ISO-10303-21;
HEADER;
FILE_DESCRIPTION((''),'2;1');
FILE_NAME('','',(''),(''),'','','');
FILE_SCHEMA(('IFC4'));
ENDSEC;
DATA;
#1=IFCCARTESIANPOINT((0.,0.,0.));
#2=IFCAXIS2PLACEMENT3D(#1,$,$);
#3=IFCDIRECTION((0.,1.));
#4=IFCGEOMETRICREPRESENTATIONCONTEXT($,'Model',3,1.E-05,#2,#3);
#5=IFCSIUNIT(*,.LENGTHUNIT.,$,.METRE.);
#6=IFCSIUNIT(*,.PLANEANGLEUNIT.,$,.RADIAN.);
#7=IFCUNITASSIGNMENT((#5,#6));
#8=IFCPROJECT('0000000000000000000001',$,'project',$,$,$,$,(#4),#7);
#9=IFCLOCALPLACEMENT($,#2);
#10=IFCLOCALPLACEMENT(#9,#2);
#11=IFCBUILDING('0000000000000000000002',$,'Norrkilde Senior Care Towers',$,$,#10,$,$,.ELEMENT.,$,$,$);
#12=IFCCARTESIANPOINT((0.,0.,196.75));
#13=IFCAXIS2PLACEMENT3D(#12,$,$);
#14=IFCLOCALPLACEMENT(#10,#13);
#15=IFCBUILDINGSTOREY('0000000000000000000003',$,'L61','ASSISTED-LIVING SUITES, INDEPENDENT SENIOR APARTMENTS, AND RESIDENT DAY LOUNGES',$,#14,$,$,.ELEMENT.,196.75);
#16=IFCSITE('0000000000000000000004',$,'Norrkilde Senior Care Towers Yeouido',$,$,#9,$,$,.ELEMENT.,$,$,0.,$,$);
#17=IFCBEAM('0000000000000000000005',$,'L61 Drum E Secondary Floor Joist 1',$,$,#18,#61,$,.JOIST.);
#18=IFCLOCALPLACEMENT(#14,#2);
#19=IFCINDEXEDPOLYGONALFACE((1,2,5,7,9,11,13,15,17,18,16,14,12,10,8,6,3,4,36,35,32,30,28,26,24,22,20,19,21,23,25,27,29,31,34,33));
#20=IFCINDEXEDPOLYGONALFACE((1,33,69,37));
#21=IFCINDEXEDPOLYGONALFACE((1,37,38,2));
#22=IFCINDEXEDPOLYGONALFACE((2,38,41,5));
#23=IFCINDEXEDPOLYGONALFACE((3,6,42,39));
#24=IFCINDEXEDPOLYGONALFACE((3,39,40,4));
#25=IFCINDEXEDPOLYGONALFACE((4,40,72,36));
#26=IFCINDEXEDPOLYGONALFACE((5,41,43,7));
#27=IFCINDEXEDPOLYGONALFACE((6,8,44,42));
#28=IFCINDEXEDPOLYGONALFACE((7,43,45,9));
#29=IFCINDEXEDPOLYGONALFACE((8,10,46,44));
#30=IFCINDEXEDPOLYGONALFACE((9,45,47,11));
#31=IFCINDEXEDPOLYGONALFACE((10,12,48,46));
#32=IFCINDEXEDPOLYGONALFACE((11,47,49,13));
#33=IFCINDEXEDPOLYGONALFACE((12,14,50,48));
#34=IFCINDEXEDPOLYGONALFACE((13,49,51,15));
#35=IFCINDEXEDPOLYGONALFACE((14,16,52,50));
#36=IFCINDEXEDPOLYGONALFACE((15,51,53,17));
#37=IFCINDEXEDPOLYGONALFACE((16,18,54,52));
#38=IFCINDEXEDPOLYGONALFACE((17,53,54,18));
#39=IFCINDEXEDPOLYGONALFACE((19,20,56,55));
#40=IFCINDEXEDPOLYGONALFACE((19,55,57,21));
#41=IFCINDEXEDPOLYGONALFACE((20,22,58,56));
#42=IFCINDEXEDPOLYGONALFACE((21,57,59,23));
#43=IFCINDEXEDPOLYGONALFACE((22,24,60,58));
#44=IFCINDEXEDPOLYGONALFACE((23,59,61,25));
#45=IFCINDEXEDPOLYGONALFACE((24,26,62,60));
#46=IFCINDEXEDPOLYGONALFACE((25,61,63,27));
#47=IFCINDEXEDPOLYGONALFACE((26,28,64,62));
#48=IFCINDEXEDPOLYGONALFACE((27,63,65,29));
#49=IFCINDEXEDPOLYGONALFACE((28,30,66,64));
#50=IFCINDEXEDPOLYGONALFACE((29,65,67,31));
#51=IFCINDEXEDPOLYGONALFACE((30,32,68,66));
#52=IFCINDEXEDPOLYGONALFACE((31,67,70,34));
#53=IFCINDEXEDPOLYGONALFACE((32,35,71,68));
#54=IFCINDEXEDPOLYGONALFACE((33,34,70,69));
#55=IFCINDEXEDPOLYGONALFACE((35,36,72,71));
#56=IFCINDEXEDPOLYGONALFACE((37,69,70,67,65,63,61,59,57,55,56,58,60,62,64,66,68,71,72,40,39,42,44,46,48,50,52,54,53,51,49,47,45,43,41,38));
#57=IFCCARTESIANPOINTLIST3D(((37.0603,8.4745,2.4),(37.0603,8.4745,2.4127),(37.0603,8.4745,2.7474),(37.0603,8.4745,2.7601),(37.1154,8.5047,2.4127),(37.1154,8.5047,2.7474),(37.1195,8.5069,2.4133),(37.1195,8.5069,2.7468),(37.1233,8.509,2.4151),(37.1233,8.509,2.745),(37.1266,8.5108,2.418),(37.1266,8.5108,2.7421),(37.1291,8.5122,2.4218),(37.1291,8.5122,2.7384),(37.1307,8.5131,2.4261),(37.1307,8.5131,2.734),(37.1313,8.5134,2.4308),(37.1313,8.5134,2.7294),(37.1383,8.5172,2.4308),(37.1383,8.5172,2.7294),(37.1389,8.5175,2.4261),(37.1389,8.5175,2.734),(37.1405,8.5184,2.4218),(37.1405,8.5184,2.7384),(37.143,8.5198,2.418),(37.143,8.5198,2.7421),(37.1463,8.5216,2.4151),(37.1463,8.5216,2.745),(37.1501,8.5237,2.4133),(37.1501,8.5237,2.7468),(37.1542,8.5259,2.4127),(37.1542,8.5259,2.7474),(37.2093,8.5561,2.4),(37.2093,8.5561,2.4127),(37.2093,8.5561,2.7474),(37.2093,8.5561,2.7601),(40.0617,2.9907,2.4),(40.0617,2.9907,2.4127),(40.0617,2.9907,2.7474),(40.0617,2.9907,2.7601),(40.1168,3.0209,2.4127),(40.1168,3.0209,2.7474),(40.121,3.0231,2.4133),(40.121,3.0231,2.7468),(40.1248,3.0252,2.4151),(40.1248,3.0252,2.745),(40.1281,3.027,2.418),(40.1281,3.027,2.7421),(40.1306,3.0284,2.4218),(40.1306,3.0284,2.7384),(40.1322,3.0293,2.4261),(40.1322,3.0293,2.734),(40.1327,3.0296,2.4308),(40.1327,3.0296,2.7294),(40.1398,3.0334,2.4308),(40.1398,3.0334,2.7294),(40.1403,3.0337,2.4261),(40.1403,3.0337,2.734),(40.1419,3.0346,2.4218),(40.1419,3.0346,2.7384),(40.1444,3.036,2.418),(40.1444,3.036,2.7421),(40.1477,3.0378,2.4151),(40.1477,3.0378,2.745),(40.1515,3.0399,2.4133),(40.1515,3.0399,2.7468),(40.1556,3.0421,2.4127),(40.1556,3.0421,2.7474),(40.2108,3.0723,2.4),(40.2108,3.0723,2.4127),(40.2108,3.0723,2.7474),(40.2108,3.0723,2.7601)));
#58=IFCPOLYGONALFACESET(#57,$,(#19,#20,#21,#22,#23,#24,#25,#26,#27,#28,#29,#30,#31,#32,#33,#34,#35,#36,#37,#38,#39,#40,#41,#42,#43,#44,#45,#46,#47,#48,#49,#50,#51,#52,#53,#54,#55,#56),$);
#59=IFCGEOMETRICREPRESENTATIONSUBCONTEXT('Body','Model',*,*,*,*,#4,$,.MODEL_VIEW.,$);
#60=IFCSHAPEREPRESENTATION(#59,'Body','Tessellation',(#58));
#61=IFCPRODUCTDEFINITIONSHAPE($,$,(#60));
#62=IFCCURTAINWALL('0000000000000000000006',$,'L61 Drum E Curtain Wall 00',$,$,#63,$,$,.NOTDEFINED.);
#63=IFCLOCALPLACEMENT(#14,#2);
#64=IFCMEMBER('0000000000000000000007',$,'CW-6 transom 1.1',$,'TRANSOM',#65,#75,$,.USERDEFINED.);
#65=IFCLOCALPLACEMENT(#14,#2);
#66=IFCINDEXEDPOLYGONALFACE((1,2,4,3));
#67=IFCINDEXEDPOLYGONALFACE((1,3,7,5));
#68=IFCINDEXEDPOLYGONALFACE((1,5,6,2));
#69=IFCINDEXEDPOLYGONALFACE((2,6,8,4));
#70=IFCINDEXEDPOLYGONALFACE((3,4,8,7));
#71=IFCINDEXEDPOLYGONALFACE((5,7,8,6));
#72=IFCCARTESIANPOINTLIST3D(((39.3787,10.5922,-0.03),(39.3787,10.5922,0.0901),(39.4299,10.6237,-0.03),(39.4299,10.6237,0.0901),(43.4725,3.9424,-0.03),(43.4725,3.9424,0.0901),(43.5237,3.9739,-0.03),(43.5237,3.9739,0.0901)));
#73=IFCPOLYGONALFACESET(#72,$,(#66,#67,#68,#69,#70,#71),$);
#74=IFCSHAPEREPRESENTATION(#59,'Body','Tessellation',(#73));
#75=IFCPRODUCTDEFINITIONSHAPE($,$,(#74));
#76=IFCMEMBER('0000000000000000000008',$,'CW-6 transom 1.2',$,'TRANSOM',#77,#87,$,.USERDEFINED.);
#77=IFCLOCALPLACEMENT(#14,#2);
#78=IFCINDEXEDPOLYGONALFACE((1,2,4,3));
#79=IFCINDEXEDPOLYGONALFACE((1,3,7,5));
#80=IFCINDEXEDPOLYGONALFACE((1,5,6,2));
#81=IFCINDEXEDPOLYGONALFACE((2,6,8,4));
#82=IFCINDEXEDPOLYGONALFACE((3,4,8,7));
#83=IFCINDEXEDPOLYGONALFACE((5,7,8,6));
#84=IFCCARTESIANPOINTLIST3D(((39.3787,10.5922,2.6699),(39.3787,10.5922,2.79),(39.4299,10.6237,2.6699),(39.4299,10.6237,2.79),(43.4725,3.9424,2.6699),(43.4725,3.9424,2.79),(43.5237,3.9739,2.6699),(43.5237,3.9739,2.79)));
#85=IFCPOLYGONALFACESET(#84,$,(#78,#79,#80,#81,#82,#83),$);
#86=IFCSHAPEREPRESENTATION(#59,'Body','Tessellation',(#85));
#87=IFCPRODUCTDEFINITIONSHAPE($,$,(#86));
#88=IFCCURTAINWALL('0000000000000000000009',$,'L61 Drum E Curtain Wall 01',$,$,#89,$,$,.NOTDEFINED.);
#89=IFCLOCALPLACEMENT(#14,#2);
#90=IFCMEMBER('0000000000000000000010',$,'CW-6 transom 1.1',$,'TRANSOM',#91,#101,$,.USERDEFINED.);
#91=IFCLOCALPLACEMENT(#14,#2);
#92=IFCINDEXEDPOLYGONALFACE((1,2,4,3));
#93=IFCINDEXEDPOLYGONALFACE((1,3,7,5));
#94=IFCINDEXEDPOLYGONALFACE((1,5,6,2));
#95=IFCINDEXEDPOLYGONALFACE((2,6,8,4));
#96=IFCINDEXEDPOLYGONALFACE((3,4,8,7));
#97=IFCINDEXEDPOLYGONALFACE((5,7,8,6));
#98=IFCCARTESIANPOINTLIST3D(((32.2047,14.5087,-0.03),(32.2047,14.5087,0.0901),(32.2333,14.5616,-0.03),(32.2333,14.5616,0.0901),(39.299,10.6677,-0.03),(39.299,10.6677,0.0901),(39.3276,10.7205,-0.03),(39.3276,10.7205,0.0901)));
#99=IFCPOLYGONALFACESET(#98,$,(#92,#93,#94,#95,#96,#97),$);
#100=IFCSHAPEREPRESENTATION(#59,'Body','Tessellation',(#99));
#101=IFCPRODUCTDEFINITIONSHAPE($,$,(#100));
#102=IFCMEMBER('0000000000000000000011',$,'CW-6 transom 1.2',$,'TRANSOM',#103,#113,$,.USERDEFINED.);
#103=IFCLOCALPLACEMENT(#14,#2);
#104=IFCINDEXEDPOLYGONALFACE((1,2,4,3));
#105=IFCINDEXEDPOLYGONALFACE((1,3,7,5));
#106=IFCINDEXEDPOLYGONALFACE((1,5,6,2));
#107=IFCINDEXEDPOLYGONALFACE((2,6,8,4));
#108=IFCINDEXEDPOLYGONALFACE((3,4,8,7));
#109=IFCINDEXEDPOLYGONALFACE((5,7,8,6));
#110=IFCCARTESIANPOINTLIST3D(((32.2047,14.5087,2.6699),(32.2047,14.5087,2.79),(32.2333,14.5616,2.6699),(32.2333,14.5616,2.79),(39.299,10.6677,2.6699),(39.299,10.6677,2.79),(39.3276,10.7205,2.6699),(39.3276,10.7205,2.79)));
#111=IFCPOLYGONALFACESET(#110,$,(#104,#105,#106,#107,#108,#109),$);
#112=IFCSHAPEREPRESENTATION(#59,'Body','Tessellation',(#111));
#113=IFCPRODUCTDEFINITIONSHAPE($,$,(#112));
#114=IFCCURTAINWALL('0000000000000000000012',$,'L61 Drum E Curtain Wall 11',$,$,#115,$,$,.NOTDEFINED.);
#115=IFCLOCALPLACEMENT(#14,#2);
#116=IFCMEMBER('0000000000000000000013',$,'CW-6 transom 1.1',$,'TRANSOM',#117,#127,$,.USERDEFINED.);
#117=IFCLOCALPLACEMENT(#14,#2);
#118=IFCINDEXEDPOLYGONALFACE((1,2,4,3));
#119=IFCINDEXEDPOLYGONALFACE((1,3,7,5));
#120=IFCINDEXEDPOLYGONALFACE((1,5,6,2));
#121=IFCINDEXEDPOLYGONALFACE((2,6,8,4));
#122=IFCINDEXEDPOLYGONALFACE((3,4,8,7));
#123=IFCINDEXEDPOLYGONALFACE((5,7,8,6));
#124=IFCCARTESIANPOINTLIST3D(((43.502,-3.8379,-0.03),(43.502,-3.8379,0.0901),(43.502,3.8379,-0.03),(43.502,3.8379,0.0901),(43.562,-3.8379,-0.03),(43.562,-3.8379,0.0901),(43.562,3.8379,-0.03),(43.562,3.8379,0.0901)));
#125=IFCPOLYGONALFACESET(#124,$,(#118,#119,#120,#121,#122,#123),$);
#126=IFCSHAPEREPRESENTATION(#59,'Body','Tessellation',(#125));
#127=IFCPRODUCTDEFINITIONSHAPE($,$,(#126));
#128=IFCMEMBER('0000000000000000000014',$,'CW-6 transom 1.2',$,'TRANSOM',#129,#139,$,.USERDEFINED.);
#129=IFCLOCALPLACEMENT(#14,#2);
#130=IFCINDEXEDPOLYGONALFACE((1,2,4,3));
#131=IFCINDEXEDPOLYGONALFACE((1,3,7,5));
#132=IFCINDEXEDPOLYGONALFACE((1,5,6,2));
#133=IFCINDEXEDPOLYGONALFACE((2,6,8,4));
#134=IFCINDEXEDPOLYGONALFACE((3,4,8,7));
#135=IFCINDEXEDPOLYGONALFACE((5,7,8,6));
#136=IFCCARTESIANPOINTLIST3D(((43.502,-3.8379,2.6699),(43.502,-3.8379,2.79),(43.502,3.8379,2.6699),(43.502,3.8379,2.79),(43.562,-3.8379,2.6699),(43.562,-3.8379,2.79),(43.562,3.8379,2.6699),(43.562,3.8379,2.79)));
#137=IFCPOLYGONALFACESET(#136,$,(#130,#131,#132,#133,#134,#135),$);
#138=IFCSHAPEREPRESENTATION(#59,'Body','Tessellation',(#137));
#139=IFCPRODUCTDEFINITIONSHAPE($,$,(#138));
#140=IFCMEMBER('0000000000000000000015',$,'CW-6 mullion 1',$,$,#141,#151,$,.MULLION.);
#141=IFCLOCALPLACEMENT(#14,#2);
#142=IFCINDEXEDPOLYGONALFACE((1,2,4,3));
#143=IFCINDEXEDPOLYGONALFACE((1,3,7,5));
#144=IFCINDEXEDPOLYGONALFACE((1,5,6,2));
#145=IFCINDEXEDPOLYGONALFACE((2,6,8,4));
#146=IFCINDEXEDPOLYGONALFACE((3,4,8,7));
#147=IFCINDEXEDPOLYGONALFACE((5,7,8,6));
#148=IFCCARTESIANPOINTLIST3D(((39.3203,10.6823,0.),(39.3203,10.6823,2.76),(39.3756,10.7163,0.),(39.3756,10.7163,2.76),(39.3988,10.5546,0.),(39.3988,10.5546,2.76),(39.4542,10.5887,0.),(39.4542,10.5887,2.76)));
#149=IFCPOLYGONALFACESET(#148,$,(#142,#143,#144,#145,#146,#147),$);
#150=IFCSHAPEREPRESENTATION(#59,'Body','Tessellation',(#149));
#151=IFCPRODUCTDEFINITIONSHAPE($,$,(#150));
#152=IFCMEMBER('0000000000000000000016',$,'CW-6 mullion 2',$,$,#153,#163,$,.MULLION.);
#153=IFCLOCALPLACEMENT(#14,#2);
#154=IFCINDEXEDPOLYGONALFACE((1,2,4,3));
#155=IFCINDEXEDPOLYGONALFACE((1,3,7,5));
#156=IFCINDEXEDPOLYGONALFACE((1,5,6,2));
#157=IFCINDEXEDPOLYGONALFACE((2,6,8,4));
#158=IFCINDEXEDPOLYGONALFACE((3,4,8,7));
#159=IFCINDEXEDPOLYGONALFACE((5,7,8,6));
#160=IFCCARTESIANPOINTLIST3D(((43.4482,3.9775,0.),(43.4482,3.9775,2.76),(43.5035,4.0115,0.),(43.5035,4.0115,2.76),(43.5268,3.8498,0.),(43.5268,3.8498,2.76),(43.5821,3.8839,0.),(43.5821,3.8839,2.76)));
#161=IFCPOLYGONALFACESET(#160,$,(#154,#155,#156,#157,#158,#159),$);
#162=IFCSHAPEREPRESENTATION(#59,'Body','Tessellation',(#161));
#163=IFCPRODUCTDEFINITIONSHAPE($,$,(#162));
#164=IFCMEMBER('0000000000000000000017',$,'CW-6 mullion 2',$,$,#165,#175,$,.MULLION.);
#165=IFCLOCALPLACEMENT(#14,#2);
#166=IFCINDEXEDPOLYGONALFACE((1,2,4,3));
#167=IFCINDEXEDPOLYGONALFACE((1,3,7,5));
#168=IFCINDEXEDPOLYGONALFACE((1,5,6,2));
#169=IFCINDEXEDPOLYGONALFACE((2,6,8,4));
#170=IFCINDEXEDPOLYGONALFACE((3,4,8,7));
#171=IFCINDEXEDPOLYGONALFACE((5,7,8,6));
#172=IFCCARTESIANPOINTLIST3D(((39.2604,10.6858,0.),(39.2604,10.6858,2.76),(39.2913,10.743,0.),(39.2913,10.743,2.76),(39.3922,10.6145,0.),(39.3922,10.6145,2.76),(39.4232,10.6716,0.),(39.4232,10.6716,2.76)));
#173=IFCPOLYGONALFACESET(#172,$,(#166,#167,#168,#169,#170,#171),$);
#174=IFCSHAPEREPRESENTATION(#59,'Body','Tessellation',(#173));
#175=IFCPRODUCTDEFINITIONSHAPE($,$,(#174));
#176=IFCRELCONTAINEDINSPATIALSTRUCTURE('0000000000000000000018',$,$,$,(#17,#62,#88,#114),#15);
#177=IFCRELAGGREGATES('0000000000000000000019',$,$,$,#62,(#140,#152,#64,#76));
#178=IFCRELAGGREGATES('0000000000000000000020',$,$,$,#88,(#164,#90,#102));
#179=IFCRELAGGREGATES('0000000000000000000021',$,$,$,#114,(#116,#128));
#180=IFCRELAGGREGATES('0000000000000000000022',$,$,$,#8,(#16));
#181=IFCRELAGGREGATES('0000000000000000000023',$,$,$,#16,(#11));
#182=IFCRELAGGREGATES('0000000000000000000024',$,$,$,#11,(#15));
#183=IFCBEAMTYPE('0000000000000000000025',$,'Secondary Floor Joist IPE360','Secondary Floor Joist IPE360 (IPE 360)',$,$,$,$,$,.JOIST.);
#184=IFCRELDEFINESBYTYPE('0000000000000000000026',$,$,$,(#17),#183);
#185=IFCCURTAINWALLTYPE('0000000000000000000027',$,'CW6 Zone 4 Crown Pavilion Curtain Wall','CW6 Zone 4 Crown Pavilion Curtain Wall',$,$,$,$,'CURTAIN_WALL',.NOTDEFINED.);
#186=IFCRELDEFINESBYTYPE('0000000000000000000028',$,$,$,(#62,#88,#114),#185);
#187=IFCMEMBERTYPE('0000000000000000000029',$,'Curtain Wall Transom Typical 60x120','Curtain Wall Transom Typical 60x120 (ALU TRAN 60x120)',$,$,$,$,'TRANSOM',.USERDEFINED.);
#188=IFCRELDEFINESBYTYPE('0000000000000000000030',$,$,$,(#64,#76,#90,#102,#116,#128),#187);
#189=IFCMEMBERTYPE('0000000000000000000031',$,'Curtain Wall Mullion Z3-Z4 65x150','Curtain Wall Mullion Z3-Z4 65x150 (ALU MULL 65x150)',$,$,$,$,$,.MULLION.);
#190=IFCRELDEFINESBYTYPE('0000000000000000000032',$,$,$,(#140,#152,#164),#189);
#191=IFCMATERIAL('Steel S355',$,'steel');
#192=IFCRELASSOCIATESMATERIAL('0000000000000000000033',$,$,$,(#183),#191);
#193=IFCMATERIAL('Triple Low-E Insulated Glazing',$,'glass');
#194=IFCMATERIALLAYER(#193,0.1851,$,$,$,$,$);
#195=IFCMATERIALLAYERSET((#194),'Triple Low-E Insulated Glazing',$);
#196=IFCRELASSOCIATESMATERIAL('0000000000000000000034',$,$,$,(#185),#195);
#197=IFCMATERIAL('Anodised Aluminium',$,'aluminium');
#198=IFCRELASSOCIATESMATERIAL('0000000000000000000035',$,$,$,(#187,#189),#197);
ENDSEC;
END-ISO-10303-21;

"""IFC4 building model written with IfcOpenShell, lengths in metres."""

from ifc_helpers import new_model, si_unit, direction, frame, origin, origin_2d, place, context, subcontext, project, spatial, rectangle, i_section, extrude, source, transform, mapped, material, layer, layer_set, material_profile, profile_set, type_object, type_shapes, element, aggregate, save


model = new_model("IFC4")

# Units and contexts
model_context = context("Model", 3, precision=1e-05, world=origin(), true_north=direction((0.0, 1.0)))
body_context = subcontext(model_context, "Body", "Model", "MODEL_VIEW")
ifc_project = project(units=[si_unit("LENGTHUNIT", "METRE"), si_unit("PLANEANGLEUNIT", "RADIAN")], contexts=[model_context])

# Site, building, storey
site_placement = place(None, origin())
site = spatial("IfcSite", under=ifc_project, at=site_placement, Name="Norrkilde Senior Care Towers Yeouido", CompositionType="ELEMENT", RefElevation=0.0)
building_placement = place(site_placement, origin())
building = spatial("IfcBuilding", under=site, at=building_placement, Name="Norrkilde Senior Care Towers", CompositionType="ELEMENT")
storey_placement = place(building_placement, frame((0.0, 0.0, 196.75)))
storey = spatial("IfcBuildingStorey", under=building, at=storey_placement, Name="L61", Description="ASSISTED-LIVING SUITES, INDEPENDENT SENIOR APARTMENTS, AND RESIDENT DAY LOUNGES", CompositionType="ELEMENT", Elevation=196.75)

# Beam
ifc_material_1 = material(Name="Steel S355", Category="steel")
ifc_material_profile_1 = material_profile(ifc_material_1, i_section(OverallWidth=0.1699, OverallDepth=0.3601, WebThickness=0.0081, FlangeThickness=0.0127, FilletRadius=0.0181, at=origin_2d()), Name="IPE 360")
ifc_profile_set_1 = profile_set([ifc_material_profile_1], Name="Steel S355")
beam_type_1 = type_object("IfcBeamType", Name="Secondary Floor Joist IPE360", Description="Secondary Floor Joist IPE360 (IPE 360)", PredefinedType="JOIST", material=ifc_profile_set_1)
shared_shape_1 = source(origin(), body_context, "Body", "SweptSolid", [
    extrude(i_section(OverallWidth=0.1699, OverallDepth=0.3601, WebThickness=0.0081, FlangeThickness=0.0127, FilletRadius=0.0181, at=origin_2d()), origin(), (0.0, 0.0, 1.0), 6.2515),
])
type_shapes(beam_type_1, [shared_shape_1])
beam_1_placement = place(storey_placement, frame((40.1362, 3.0315, 2.5801), z_axis=(-0.480116, 0.877205, 0.0), x_axis=(-0.877205, -0.480116, 0.0)))
element("IfcBeam", 1, at=beam_1_placement, inside=storey, type_object=beam_type_1, Name="L61 Drum E Secondary Floor Joist 1", PredefinedType="JOIST", context=body_context, shape_type="MappedRepresentation", body=[
    mapped(shared_shape_1, transform((0.0, 0.0, 0.0), x_axis=(1.0, 0.0, 0.0), y_axis=(0.0, 1.0, 0.0), z_axis=(0.0, 0.0, 1.0), scale=1.0)),
])

# Curtain walls, members
ifc_material_2 = material(Name="Triple Low-E Insulated Glazing", Category="glass")
ifc_layer_1 = layer(ifc_material_2, 0.1851)
ifc_layer_set_1 = layer_set([ifc_layer_1], Name="Triple Low-E Insulated Glazing")
curtain_wall_type = type_object("IfcCurtainWallType", Name="CW6 Zone 4 Crown Pavilion Curtain Wall", Description="CW6 Zone 4 Crown Pavilion Curtain Wall", ElementType="CURTAIN_WALL", PredefinedType="NOTDEFINED", material=ifc_layer_set_1)
curtain_wall_1_placement = place(storey_placement, origin())
curtain_wall_1 = element("IfcCurtainWall", 2, at=curtain_wall_1_placement, inside=storey, type_object=curtain_wall_type, Name="L61 Drum E Curtain Wall 00", PredefinedType="NOTDEFINED")
ifc_material_3 = material(Name="Anodised Aluminium", Category="aluminium")
ifc_material_profile_2 = material_profile(ifc_material_3, rectangle(XDim=0.0601, YDim=0.1201, at=origin_2d()), Name="ALU TRAN 60x120")
ifc_profile_set_2 = profile_set([ifc_material_profile_2], Name="Anodised Aluminium")
member_type_1 = type_object("IfcMemberType", Name="Curtain Wall Transom Typical 60x120", Description="Curtain Wall Transom Typical 60x120 (ALU TRAN 60x120)", ElementType="TRANSOM", PredefinedType="USERDEFINED", material=ifc_profile_set_2)
shared_shape_2 = source(origin(), body_context, "Body", "SweptSolid", [
    extrude(rectangle(XDim=0.0601, YDim=0.1201, at=origin_2d()), origin(), (0.0, 0.0, 1.0), 7.8088),
])
member_1_placement = place(storey_placement, frame((39.4043, 10.6079, 0.03), z_axis=(0.524251, -0.851564, 0.0), x_axis=(0.851564, 0.524251, 0.0)))
member_1 = element("IfcMember", 3, at=member_1_placement, type_object=member_type_1, Name="CW-6 transom 1.1", ObjectType="TRANSOM", PredefinedType="USERDEFINED", context=body_context, shape_type="MappedRepresentation", body=[
    mapped(shared_shape_2, transform((0.0, 0.0, 0.0), x_axis=(1.0, 0.0, 0.0), y_axis=(0.0, 1.0, 0.0), z_axis=(0.0, 0.0, 1.0), scale=1.0)),
])
member_2_placement = place(storey_placement, frame((39.4043, 10.6079, 2.73), z_axis=(0.524251, -0.851564, 0.0), x_axis=(0.851564, 0.524251, 0.0)))
member_2 = element("IfcMember", 4, at=member_2_placement, type_object=member_type_1, Name="CW-6 transom 1.2", ObjectType="TRANSOM", PredefinedType="USERDEFINED", context=body_context, shape_type="MappedRepresentation", body=[
    mapped(shared_shape_2, transform((0.0, 0.0, 0.0), x_axis=(1.0, 0.0, 0.0), y_axis=(0.0, 1.0, 0.0), z_axis=(0.0, 0.0, 1.0), scale=1.0)),
])
curtain_wall_2_placement = place(storey_placement, origin())
curtain_wall_2 = element("IfcCurtainWall", 5, at=curtain_wall_2_placement, inside=storey, type_object=curtain_wall_type, Name="L61 Drum E Curtain Wall 01", PredefinedType="NOTDEFINED")
shared_shape_3 = source(origin(), body_context, "Body", "SweptSolid", [
    extrude(rectangle(XDim=0.0601, YDim=0.1201, at=origin_2d()), origin(), (0.0, 0.0, 1.0), 8.0674),
])
member_3_placement = place(storey_placement, frame((32.219, 14.5352, 0.03), z_axis=(0.879378, -0.476125, 0.0), x_axis=(0.476125, 0.879378, 0.0)))
member_3 = element("IfcMember", 6, at=member_3_placement, type_object=member_type_1, Name="CW-6 transom 1.1", ObjectType="TRANSOM", PredefinedType="USERDEFINED", context=body_context, shape_type="MappedRepresentation", body=[
    mapped(shared_shape_3, transform((0.0, 0.0, 0.0), x_axis=(1.0, 0.0, 0.0), y_axis=(0.0, 1.0, 0.0), z_axis=(0.0, 0.0, 1.0), scale=1.0)),
])
member_4_placement = place(storey_placement, frame((32.219, 14.5352, 2.73), z_axis=(0.879378, -0.476125, 0.0), x_axis=(0.476125, 0.879378, 0.0)))
member_4 = element("IfcMember", 7, at=member_4_placement, type_object=member_type_1, Name="CW-6 transom 1.2", ObjectType="TRANSOM", PredefinedType="USERDEFINED", context=body_context, shape_type="MappedRepresentation", body=[
    mapped(shared_shape_3, transform((0.0, 0.0, 0.0), x_axis=(1.0, 0.0, 0.0), y_axis=(0.0, 1.0, 0.0), z_axis=(0.0, 0.0, 1.0), scale=1.0)),
])
curtain_wall_3_placement = place(storey_placement, origin())
curtain_wall_3 = element("IfcCurtainWall", 8, at=curtain_wall_3_placement, inside=storey, type_object=curtain_wall_type, Name="L61 Drum E Curtain Wall 11", PredefinedType="NOTDEFINED")
shared_shape_4 = source(origin(), body_context, "Body", "SweptSolid", [
    extrude(rectangle(XDim=0.0601, YDim=0.1201, at=origin_2d()), origin(), (0.0, 0.0, 1.0), 7.6758),
])
type_shapes(member_type_1, [shared_shape_2, shared_shape_3, shared_shape_4])
member_5_placement = place(storey_placement, frame((43.532, 3.8379, 0.03), z_axis=(0.0, -1.0, 0.0), x_axis=(1.0, 0.0, 0.0)))
member_5 = element("IfcMember", 9, at=member_5_placement, type_object=member_type_1, Name="CW-6 transom 1.1", ObjectType="TRANSOM", PredefinedType="USERDEFINED", context=body_context, shape_type="MappedRepresentation", body=[
    mapped(shared_shape_4, transform((0.0, 0.0, 0.0), x_axis=(1.0, 0.0, 0.0), y_axis=(0.0, 1.0, 0.0), z_axis=(0.0, 0.0, 1.0), scale=1.0)),
])
member_6_placement = place(storey_placement, frame((43.532, 3.8379, 2.73), z_axis=(0.0, -1.0, 0.0), x_axis=(1.0, 0.0, 0.0)))
member_6 = element("IfcMember", 10, at=member_6_placement, type_object=member_type_1, Name="CW-6 transom 1.2", ObjectType="TRANSOM", PredefinedType="USERDEFINED", context=body_context, shape_type="MappedRepresentation", body=[
    mapped(shared_shape_4, transform((0.0, 0.0, 0.0), x_axis=(1.0, 0.0, 0.0), y_axis=(0.0, 1.0, 0.0), z_axis=(0.0, 0.0, 1.0), scale=1.0)),
])

# Members
ifc_material_profile_3 = material_profile(ifc_material_3, rectangle(XDim=0.0649, YDim=0.1499, at=origin_2d()), Name="ALU MULL 65x150")
ifc_profile_set_3 = profile_set([ifc_material_profile_3], Name="Anodised Aluminium")
member_type_2 = type_object("IfcMemberType", Name="Curtain Wall Mullion Z3-Z4 65x150", Description="Curtain Wall Mullion Z3-Z4 65x150 (ALU MULL 65x150)", PredefinedType="MULLION", material=ifc_profile_set_3)
shared_shape_5 = source(origin(), body_context, "Body", "SweptSolid", [
    extrude(rectangle(XDim=0.0649, YDim=0.1499, at=origin_2d()), origin(), (0.0, 0.0, 1.0), 2.76),
])
type_shapes(member_type_2, [shared_shape_5])
member_7_placement = place(storey_placement, frame((39.3872, 10.6355, 0.0), z_axis=(0.0, 0.0, 1.0), x_axis=(0.851563, 0.524253, 0.0)))
member_7 = element("IfcMember", 11, at=member_7_placement, type_object=member_type_2, Name="CW-6 mullion 1", PredefinedType="MULLION", context=body_context, shape_type="MappedRepresentation", body=[
    mapped(shared_shape_5, transform((0.0, 0.0, 0.0), x_axis=(1.0, 0.0, 0.0), y_axis=(0.0, 1.0, 0.0), z_axis=(0.0, 0.0, 1.0), scale=1.0)),
])
member_8_placement = place(storey_placement, frame((43.5151, 3.9307, 0.0), z_axis=(0.0, 0.0, 1.0), x_axis=(0.851563, 0.524253, 0.0)))
member_8 = element("IfcMember", 12, at=member_8_placement, type_object=member_type_2, Name="CW-6 mullion 2", PredefinedType="MULLION", context=body_context, shape_type="MappedRepresentation", body=[
    mapped(shared_shape_5, transform((0.0, 0.0, 0.0), x_axis=(1.0, 0.0, 0.0), y_axis=(0.0, 1.0, 0.0), z_axis=(0.0, 0.0, 1.0), scale=1.0)),
])
member_9_placement = place(storey_placement, frame((39.3418, 10.6787, 0.0), z_axis=(0.0, 0.0, 1.0), x_axis=(0.476133, 0.879373, 0.0)))
member_9 = element("IfcMember", 13, at=member_9_placement, type_object=member_type_2, Name="CW-6 mullion 2", PredefinedType="MULLION", context=body_context, shape_type="MappedRepresentation", body=[
    mapped(shared_shape_5, transform((0.0, 0.0, 0.0), x_axis=(1.0, 0.0, 0.0), y_axis=(0.0, 1.0, 0.0), z_axis=(0.0, 0.0, 1.0), scale=1.0)),
])

aggregate(curtain_wall_1, [member_7, member_8, member_1, member_2])
aggregate(curtain_wall_2, [member_9, member_3, member_4])
aggregate(curtain_wall_3, [member_5, member_6])

save(model, "model.ifc")
